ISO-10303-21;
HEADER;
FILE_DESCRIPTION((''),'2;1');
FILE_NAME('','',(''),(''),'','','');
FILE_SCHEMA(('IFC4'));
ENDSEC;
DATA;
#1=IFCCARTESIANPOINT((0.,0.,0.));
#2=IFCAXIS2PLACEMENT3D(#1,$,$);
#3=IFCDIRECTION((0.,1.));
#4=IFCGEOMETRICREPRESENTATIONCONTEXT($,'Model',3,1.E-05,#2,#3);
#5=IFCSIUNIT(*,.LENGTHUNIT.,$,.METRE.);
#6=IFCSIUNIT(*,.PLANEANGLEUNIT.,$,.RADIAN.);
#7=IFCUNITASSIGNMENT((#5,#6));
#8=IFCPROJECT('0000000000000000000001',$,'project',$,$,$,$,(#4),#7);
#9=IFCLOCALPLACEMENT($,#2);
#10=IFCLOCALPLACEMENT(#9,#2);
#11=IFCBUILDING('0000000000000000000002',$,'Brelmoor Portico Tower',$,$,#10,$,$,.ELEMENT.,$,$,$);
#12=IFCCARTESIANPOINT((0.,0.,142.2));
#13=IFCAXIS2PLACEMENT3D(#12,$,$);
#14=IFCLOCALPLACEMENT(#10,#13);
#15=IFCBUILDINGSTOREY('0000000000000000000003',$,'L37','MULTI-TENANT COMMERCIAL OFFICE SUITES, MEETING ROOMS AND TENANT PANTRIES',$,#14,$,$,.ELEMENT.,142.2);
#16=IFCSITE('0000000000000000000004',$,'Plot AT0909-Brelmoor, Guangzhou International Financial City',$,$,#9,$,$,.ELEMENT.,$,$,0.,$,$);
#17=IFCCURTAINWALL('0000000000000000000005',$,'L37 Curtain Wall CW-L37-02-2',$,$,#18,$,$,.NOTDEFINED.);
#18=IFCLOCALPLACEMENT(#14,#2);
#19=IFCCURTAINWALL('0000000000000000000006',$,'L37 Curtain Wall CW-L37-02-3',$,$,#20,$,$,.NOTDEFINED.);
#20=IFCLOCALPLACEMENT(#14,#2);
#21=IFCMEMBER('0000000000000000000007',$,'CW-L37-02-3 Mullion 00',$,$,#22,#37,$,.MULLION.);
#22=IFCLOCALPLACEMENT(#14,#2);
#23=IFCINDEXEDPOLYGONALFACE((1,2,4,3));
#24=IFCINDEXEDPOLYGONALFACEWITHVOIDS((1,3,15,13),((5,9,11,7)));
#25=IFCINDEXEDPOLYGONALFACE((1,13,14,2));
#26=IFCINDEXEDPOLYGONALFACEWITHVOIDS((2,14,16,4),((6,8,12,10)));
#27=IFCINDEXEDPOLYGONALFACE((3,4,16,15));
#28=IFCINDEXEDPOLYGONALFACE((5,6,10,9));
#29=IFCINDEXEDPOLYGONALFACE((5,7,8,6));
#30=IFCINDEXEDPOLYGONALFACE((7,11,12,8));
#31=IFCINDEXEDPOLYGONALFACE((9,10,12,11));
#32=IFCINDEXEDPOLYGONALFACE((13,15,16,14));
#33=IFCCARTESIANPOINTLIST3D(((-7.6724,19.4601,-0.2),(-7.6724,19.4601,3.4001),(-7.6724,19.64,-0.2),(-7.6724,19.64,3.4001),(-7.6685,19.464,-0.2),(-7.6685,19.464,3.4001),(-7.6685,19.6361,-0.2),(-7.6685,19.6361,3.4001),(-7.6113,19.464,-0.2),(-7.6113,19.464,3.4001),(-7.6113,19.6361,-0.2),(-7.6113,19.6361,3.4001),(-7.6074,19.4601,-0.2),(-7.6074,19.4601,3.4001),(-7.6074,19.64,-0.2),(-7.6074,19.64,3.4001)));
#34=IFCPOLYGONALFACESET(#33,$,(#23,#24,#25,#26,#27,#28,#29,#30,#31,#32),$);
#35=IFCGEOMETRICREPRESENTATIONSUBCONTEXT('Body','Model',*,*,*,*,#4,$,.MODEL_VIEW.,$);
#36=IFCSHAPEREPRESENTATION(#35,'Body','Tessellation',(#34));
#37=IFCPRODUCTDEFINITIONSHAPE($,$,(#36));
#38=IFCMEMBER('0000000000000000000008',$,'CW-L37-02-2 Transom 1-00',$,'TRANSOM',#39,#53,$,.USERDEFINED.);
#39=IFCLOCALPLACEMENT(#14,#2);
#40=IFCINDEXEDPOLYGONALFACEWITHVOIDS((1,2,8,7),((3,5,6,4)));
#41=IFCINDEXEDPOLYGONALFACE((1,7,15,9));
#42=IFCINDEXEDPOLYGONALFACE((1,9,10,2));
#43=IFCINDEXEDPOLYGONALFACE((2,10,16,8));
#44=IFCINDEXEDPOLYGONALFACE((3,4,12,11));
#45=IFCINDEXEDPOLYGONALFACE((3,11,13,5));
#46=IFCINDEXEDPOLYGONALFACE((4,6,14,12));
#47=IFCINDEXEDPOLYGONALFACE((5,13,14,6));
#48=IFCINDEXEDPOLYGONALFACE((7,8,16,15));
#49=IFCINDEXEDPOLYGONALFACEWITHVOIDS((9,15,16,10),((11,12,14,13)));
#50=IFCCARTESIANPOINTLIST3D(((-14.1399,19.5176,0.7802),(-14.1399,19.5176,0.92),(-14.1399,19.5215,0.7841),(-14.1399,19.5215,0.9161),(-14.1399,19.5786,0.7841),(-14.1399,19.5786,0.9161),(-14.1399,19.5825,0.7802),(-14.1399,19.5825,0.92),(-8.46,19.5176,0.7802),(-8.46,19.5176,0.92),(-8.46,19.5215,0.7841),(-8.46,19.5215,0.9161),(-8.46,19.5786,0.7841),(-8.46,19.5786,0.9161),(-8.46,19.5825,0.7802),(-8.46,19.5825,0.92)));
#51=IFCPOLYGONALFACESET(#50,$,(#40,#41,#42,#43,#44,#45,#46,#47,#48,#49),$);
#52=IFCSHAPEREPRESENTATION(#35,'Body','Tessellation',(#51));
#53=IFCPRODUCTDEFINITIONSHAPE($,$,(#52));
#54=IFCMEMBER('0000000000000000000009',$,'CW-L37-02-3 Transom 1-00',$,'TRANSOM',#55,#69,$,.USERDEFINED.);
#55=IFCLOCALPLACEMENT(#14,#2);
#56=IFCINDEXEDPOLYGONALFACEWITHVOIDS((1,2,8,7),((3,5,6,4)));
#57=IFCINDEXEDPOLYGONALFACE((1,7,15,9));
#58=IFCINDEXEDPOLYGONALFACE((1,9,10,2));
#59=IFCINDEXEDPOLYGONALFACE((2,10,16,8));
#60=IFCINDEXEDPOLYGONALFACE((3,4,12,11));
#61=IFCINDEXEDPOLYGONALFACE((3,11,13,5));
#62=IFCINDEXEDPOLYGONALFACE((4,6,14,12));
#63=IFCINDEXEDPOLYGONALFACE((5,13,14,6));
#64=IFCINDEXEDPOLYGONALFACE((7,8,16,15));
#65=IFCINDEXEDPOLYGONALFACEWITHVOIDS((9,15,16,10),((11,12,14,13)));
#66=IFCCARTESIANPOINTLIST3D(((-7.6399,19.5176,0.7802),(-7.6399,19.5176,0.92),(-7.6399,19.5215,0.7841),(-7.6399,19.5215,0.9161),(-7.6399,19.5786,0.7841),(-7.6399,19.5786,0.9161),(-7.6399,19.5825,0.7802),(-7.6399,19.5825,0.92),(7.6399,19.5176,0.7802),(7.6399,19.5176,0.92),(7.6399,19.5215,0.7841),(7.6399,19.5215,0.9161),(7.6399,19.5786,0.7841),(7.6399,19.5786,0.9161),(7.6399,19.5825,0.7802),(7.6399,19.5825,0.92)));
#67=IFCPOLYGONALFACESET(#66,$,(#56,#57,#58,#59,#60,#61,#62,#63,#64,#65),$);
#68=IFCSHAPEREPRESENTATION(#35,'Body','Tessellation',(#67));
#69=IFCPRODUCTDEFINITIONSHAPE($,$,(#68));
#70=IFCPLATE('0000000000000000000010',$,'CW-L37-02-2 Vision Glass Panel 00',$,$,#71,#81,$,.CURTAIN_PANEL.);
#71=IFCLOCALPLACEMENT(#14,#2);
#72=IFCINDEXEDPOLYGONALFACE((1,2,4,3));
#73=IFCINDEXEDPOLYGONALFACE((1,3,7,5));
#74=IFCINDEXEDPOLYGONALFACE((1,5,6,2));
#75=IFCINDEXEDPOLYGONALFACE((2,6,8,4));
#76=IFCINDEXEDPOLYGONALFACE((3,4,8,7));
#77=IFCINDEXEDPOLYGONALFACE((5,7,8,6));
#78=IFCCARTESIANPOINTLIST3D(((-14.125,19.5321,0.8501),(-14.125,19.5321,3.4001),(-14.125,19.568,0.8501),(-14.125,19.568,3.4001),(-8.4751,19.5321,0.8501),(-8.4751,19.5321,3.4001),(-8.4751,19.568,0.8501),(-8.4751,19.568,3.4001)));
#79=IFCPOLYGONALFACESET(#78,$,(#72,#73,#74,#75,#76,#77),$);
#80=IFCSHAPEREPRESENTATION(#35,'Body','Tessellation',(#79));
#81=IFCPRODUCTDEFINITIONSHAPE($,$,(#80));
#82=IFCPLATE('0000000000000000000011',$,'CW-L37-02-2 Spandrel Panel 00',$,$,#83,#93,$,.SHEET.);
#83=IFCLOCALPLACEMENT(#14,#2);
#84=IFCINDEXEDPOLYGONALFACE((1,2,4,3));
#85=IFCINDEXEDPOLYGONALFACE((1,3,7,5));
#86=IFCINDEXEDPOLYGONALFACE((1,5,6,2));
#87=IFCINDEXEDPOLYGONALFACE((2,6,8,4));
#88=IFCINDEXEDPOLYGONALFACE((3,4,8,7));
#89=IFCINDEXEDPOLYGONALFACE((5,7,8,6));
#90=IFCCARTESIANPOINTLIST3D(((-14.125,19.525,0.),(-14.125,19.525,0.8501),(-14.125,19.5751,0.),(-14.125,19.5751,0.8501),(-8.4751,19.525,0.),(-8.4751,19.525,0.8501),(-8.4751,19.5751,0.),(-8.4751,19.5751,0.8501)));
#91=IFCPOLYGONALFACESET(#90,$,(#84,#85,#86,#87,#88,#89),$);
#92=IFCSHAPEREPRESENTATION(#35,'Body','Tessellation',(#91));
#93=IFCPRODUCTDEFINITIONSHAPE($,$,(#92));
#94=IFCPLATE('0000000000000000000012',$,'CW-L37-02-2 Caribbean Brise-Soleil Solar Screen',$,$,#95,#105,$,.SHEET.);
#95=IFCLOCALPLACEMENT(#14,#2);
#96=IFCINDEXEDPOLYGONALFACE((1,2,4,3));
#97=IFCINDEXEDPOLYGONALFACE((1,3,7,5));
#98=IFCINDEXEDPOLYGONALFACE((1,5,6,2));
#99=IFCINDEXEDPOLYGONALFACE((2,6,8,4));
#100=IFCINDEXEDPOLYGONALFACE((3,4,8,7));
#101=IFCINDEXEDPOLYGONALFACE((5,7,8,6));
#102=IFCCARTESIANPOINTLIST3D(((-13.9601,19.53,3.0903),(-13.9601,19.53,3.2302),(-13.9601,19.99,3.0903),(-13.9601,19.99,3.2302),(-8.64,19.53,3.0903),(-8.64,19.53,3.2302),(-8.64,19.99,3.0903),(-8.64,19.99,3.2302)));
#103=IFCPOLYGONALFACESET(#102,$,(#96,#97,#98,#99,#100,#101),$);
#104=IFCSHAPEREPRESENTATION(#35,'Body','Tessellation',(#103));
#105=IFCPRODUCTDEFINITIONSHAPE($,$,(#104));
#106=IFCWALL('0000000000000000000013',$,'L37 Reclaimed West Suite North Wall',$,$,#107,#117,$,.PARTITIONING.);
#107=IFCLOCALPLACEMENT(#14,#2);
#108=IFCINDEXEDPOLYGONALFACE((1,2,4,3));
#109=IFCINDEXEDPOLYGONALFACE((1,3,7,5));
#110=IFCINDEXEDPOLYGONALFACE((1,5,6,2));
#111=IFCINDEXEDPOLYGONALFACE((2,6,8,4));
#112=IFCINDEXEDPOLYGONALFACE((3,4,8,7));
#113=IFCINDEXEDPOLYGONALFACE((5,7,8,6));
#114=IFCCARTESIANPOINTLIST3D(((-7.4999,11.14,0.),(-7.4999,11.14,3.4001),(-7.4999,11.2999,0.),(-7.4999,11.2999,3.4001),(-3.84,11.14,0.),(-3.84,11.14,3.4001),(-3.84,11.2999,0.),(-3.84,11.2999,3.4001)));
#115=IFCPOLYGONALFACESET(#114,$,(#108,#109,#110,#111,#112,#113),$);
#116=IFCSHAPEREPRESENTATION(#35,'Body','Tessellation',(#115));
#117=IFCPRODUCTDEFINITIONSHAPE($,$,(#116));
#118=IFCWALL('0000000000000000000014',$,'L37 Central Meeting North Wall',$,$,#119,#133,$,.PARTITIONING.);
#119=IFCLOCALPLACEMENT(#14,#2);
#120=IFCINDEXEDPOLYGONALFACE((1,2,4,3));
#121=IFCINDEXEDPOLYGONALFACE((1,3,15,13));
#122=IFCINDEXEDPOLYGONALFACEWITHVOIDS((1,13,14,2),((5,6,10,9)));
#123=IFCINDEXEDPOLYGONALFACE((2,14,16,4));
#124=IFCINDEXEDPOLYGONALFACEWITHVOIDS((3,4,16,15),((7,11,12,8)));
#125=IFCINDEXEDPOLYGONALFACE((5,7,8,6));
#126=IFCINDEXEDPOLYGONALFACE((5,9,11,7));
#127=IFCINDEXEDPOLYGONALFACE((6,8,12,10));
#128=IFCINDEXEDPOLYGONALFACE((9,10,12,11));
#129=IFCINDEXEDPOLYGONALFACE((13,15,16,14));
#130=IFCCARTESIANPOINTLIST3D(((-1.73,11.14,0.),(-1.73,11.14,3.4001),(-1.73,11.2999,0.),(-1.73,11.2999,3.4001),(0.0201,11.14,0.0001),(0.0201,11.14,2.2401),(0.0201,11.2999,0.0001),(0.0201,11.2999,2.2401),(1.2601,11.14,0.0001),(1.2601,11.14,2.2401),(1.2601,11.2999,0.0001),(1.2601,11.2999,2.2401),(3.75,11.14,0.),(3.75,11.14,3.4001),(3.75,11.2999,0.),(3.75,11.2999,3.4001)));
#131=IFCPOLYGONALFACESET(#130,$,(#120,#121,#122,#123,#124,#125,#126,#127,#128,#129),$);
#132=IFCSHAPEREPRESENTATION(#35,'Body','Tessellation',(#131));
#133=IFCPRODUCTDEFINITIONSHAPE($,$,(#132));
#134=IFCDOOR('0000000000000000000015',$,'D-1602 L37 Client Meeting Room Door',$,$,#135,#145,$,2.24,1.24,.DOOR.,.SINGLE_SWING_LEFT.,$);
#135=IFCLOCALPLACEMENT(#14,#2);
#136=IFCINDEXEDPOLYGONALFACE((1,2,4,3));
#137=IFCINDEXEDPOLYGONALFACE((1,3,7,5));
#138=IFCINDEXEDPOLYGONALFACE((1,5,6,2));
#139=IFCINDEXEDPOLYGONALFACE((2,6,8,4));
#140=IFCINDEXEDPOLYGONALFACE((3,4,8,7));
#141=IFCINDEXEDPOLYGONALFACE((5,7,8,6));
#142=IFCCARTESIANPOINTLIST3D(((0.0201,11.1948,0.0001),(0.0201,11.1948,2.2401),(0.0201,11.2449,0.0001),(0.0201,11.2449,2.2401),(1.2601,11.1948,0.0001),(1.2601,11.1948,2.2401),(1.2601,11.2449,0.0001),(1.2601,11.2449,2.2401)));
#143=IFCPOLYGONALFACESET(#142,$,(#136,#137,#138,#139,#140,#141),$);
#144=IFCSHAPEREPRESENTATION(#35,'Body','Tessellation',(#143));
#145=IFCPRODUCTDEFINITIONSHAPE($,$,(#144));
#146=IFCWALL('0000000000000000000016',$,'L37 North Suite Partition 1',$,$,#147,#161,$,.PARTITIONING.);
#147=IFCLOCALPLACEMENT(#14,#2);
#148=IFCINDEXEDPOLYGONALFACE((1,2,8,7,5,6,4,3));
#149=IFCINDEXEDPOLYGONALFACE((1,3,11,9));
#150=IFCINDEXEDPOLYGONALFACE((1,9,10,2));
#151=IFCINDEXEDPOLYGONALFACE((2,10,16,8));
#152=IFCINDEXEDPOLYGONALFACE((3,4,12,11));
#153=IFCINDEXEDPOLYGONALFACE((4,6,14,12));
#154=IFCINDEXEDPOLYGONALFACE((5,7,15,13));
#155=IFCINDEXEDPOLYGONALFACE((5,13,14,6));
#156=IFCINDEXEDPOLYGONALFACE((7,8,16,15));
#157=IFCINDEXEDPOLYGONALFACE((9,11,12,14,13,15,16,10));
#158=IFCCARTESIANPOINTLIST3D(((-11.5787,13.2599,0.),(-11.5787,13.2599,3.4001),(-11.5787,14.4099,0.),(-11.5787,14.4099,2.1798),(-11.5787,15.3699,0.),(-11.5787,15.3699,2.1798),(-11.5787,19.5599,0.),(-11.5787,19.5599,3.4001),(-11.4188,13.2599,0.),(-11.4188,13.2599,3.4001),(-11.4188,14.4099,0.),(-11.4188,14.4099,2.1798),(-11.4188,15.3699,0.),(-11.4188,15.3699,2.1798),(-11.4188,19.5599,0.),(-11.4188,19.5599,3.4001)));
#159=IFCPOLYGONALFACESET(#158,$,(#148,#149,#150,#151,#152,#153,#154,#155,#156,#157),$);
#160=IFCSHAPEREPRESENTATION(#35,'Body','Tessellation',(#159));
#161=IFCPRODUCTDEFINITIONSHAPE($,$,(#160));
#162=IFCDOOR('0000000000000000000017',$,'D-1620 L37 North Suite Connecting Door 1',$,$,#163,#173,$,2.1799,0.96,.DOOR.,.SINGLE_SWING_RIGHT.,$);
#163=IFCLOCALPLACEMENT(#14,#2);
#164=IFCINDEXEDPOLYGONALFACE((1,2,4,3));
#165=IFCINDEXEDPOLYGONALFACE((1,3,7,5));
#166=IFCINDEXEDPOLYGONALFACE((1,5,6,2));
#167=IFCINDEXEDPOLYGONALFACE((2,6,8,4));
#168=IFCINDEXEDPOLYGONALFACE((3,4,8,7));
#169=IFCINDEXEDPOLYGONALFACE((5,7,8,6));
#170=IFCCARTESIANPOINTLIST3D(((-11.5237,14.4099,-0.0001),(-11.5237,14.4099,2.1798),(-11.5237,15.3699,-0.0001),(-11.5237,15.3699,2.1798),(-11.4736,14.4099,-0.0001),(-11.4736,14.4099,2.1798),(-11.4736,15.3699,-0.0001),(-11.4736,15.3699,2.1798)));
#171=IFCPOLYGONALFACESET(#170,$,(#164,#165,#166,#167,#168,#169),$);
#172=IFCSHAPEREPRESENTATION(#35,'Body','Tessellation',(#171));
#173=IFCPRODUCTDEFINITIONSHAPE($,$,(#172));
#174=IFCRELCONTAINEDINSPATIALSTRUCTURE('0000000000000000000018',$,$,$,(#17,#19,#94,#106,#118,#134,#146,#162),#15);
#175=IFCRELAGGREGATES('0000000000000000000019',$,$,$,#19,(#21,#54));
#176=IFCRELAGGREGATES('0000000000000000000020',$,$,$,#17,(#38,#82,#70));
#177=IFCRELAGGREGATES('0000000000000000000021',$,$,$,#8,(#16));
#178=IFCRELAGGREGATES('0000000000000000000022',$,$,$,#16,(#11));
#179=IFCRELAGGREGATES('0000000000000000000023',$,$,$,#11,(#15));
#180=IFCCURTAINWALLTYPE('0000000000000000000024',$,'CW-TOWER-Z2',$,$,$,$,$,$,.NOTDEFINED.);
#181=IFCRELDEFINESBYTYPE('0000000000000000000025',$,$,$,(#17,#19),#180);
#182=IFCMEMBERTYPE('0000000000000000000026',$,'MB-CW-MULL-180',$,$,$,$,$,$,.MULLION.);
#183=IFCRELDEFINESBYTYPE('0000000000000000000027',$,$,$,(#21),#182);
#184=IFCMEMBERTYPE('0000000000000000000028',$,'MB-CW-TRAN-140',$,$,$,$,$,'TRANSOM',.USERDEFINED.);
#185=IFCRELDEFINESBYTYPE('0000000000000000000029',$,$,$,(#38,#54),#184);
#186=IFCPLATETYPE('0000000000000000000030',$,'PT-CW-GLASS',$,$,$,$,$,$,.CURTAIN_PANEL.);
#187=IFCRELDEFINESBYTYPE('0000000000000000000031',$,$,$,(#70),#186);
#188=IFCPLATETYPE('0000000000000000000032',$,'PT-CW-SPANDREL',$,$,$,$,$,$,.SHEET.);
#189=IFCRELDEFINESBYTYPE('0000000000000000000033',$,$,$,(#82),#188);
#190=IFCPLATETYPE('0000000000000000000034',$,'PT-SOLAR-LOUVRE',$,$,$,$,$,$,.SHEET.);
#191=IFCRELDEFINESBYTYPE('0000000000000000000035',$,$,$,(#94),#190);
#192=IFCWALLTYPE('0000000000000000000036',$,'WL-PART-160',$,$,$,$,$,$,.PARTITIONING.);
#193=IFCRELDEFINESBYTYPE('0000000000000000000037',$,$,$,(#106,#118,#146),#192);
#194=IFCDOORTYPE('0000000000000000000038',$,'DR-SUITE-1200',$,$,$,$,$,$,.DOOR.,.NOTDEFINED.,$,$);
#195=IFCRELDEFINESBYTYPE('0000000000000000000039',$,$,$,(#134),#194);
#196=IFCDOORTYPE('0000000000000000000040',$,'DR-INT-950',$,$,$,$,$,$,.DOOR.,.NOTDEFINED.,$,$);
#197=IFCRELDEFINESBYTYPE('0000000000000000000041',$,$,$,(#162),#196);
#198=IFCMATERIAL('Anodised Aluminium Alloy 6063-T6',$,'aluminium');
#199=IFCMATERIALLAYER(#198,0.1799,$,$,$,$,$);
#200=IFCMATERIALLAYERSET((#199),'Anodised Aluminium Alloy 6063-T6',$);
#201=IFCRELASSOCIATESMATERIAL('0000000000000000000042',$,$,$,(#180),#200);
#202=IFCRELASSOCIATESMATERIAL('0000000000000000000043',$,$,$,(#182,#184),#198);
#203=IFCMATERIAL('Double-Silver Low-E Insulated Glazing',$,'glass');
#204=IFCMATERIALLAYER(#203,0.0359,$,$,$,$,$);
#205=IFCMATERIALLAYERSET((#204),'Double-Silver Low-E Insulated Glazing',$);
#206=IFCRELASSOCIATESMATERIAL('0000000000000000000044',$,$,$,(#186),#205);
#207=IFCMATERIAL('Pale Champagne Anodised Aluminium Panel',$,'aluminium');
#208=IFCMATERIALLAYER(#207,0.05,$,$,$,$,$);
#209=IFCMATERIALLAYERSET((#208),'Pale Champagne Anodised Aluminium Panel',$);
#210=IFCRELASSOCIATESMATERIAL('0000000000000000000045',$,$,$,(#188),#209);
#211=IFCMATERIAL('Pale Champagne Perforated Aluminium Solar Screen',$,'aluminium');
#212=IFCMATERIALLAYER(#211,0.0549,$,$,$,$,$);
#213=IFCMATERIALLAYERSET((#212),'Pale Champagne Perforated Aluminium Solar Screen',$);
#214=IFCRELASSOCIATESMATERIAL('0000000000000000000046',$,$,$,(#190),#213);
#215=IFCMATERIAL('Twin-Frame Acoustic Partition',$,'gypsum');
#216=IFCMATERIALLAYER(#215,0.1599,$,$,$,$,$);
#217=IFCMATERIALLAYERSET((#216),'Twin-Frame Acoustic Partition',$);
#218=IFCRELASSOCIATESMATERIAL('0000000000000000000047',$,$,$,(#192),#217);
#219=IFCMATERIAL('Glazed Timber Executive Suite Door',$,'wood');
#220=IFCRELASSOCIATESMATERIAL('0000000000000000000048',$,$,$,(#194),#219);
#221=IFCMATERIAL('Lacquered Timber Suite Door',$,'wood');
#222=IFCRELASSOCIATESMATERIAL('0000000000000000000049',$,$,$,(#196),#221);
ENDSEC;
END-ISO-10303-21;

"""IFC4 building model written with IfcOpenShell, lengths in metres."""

from ifc_helpers import new_model, si_unit, direction, frame, frame_2d, origin, origin_2d, place, context, subcontext, project, spatial, rectangle, hollow_rectangle, extrude, material, layer, layer_set, material_profile, profile_set, type_object, element, fill, aggregate, save


model = new_model("IFC4")

# Units and contexts
model_context = context("Model", 3, precision=1e-05, world=origin(), true_north=direction((0.0, 1.0)))
body_context = subcontext(model_context, "Body", "Model", "MODEL_VIEW")
ifc_project = project(units=[si_unit("LENGTHUNIT", "METRE"), si_unit("PLANEANGLEUNIT", "RADIAN")], contexts=[model_context])

# Site, building, storey
site_placement = place(None, origin())
site = spatial("IfcSite", under=ifc_project, at=site_placement, Name="Plot AT0909-Brelmoor, Guangzhou International Financial City", CompositionType="ELEMENT", RefElevation=0.0)
building_placement = place(site_placement, origin())
building = spatial("IfcBuilding", under=site, at=building_placement, Name="Brelmoor Portico Tower", CompositionType="ELEMENT")
storey_placement = place(building_placement, frame((0.0, 0.0, 142.2)))
storey = spatial("IfcBuildingStorey", under=building, at=storey_placement, Name="L37", Description="MULTI-TENANT COMMERCIAL OFFICE SUITES, MEETING ROOMS AND TENANT PANTRIES", CompositionType="ELEMENT", Elevation=142.2)

# Curtain wall
ifc_material_1 = material(Name="Anodised Aluminium Alloy 6063-T6", Category="aluminium")
ifc_layer_1 = layer(ifc_material_1, 0.1799)
ifc_layer_set_1 = layer_set([ifc_layer_1], Name="Anodised Aluminium Alloy 6063-T6")
curtain_wall_type = type_object("IfcCurtainWallType", Name="CW-TOWER-Z2", PredefinedType="NOTDEFINED", material=ifc_layer_set_1)
curtain_wall_1_placement = place(storey_placement, origin())
curtain_wall_1 = element("IfcCurtainWall", 1, at=curtain_wall_1_placement, inside=storey, type_object=curtain_wall_type, Name="L37 Curtain Wall CW-L37-02-2", PredefinedType="NOTDEFINED")
ifc_material_profile_1 = material_profile(ifc_material_1, hollow_rectangle(XDim=0.0649, YDim=0.1799, WallThickness=0.0039, at=origin_2d()), Name="ALU MULLION 65x180")
ifc_profile_set_1 = profile_set([ifc_material_profile_1], Name="Anodised Aluminium Alloy 6063-T6")
member_type_1 = type_object("IfcMemberType", Name="MB-CW-MULL-180", PredefinedType="MULLION", material=ifc_profile_set_1)

# Curtain wall, member
curtain_wall_2_placement = place(storey_placement, origin())
curtain_wall_2 = element("IfcCurtainWall", 2, at=curtain_wall_2_placement, inside=storey, type_object=curtain_wall_type, Name="L37 Curtain Wall CW-L37-02-3", PredefinedType="NOTDEFINED")
member_1_placement = place(storey_placement, frame((-7.6399, 19.55, -0.2), z_axis=(0.0, 0.0, 1.0), x_axis=(1.0, 0.0, 0.0)))
member_1 = element("IfcMember", 3, at=member_1_placement, type_object=member_type_1, Name="CW-L37-02-3 Mullion 00", PredefinedType="MULLION", context=body_context, shape_type="SweptSolid", body=[
    extrude(hollow_rectangle(XDim=0.0649, YDim=0.1799, WallThickness=0.0039, at=origin_2d()), origin(), (0.0, 0.0, 1.0), 3.6001),
])

# Members
ifc_material_profile_2 = material_profile(ifc_material_1, hollow_rectangle(XDim=0.0649, YDim=0.1399, WallThickness=0.0039, at=origin_2d()), Name="ALU TRANSOM 65x140")
ifc_profile_set_2 = profile_set([ifc_material_profile_2], Name="Anodised Aluminium Alloy 6063-T6")
member_type_2 = type_object("IfcMemberType", Name="MB-CW-TRAN-140", ElementType="TRANSOM", PredefinedType="USERDEFINED", material=ifc_profile_set_2)
member_2_placement = place(storey_placement, frame((-14.1399, 19.55, 0.8501), z_axis=(1.0, 0.0, 0.0), x_axis=(0.0, 1.0, 0.0)))
member_2 = element("IfcMember", 4, at=member_2_placement, type_object=member_type_2, Name="CW-L37-02-2 Transom 1-00", ObjectType="TRANSOM", PredefinedType="USERDEFINED", context=body_context, shape_type="SweptSolid", body=[
    extrude(hollow_rectangle(XDim=0.0649, YDim=0.1399, WallThickness=0.0039, at=origin_2d()), origin(), (0.0, 0.0, 1.0), 5.6799),
])
member_3_placement = place(storey_placement, frame((-7.6399, 19.55, 0.8501), z_axis=(1.0, 0.0, 0.0), x_axis=(0.0, 1.0, 0.0)))
member_3 = element("IfcMember", 5, at=member_3_placement, type_object=member_type_2, Name="CW-L37-02-3 Transom 1-00", ObjectType="TRANSOM", PredefinedType="USERDEFINED", context=body_context, shape_type="SweptSolid", body=[
    extrude(hollow_rectangle(XDim=0.0649, YDim=0.1399, WallThickness=0.0039, at=origin_2d()), origin(), (0.0, 0.0, 1.0), 15.2798),
])
aggregate(curtain_wall_2, [member_1, member_3])

# Plates
ifc_material_2 = material(Name="Double-Silver Low-E Insulated Glazing", Category="glass")
ifc_layer_2 = layer(ifc_material_2, 0.0359)
ifc_layer_set_2 = layer_set([ifc_layer_2], Name="Double-Silver Low-E Insulated Glazing")
plate_type_1 = type_object("IfcPlateType", Name="PT-CW-GLASS", PredefinedType="CURTAIN_PANEL", material=ifc_layer_set_2)
plate_1_placement = place(storey_placement, frame((-11.3, 19.55, 0.8501), z_axis=(0.0, 0.0, 1.0), x_axis=(1.0, 0.0, 0.0)))
plate_1 = element("IfcPlate", 6, at=plate_1_placement, type_object=plate_type_1, Name="CW-L37-02-2 Vision Glass Panel 00", PredefinedType="CURTAIN_PANEL", context=body_context, shape_type="SweptSolid", body=[
    extrude(rectangle(XDim=5.6499, YDim=0.0359, at=origin_2d()), origin(), (0.0, 0.0, 1.0), 2.55),
])
ifc_material_3 = material(Name="Pale Champagne Anodised Aluminium Panel", Category="aluminium")
ifc_layer_3 = layer(ifc_material_3, 0.05)
ifc_layer_set_3 = layer_set([ifc_layer_3], Name="Pale Champagne Anodised Aluminium Panel")
plate_type_2 = type_object("IfcPlateType", Name="PT-CW-SPANDREL", PredefinedType="SHEET", material=ifc_layer_set_3)
plate_2_placement = place(storey_placement, frame((-11.3, 19.55, 0.0), z_axis=(0.0, 0.0, 1.0), x_axis=(1.0, 0.0, 0.0)))
plate_2 = element("IfcPlate", 7, at=plate_2_placement, type_object=plate_type_2, Name="CW-L37-02-2 Spandrel Panel 00", PredefinedType="SHEET", context=body_context, shape_type="SweptSolid", body=[
    extrude(rectangle(XDim=5.6499, YDim=0.05, at=origin_2d()), origin(), (0.0, 0.0, 1.0), 0.8501),
])
aggregate(curtain_wall_1, [member_2, plate_2, plate_1])
ifc_material_4 = material(Name="Pale Champagne Perforated Aluminium Solar Screen", Category="aluminium")
ifc_layer_4 = layer(ifc_material_4, 0.0549)
ifc_layer_set_4 = layer_set([ifc_layer_4], Name="Pale Champagne Perforated Aluminium Solar Screen")
plate_type_3 = type_object("IfcPlateType", Name="PT-SOLAR-LOUVRE", PredefinedType="SHEET", material=ifc_layer_set_4)
plate_3_placement = place(storey_placement, frame((-11.3, 19.76, 3.0903), z_axis=(0.0, 0.0, 1.0), x_axis=(1.0, 0.0, 0.0)))
element("IfcPlate", 8, at=plate_3_placement, inside=storey, type_object=plate_type_3, Name="CW-L37-02-2 Caribbean Brise-Soleil Solar Screen", PredefinedType="SHEET", context=body_context, shape_type="SweptSolid", body=[
    extrude(rectangle(XDim=5.3201, YDim=0.46, at=origin_2d()), origin(), (0.0, 0.0, 1.0), 0.1399),
])

# Wall
ifc_material_5 = material(Name="Twin-Frame Acoustic Partition", Category="gypsum")
ifc_layer_5 = layer(ifc_material_5, 0.1599)
ifc_layer_set_5 = layer_set([ifc_layer_5], Name="Twin-Frame Acoustic Partition")
wall_type_1 = type_object("IfcWallType", Name="WL-PART-160", PredefinedType="PARTITIONING", material=ifc_layer_set_5)
wall_1_placement = place(storey_placement, frame((-7.5, 11.22, 0.0), z_axis=(0.0, 0.0, 1.0), x_axis=(1.0, 0.0, 0.0)))
element("IfcWall", 9, at=wall_1_placement, inside=storey, type_object=wall_type_1, Name="L37 Reclaimed West Suite North Wall", PredefinedType="PARTITIONING", context=body_context, shape_type="SweptSolid", body=[
    extrude(rectangle(XDim=3.6599, YDim=0.1599, at=frame_2d((1.8301, 0.0))), origin(), (0.0, 0.0, 1.0), 3.4001),
])

# Walls, openings, doors
wall_2_placement = place(storey_placement, frame((-1.73, 11.22, 0.0), z_axis=(0.0, 0.0, 1.0), x_axis=(1.0, 0.0, 0.0)))
wall_2 = element("IfcWall", 10, at=wall_2_placement, inside=storey, type_object=wall_type_1, Name="L37 Central Meeting North Wall", PredefinedType="PARTITIONING", context=body_context, shape_type="SweptSolid", body=[
    extrude(rectangle(XDim=5.48, YDim=0.1599, at=frame_2d((2.74, 0.0))), origin(), (0.0, 0.0, 1.0), 3.4001),
])
opening_1_placement = place(wall_2_placement, frame((1.75, 0.0, 0.0)))
opening_1 = element("IfcOpeningElement", 11, at=opening_1_placement, cuts=wall_2, PredefinedType="OPENING", context=body_context, shape_type="SweptSolid", body=[
    extrude(rectangle(XDim=1.24, YDim=2.24, at=frame_2d((0.6201, 1.1201))), frame((0.0, 0.0898, 0.0), z_axis=(0.0, -1.0, 0.0), x_axis=(1.0, 0.0, 0.0)), (0.0, 0.0, 1.0), 0.1799),
])
ifc_material_6 = material(Name="Glazed Timber Executive Suite Door", Category="wood")
door_type_1 = type_object("IfcDoorType", Name="DR-SUITE-1200", OperationType="NOTDEFINED", PredefinedType="DOOR", material=ifc_material_6)
door_1_placement = place(opening_1_placement, origin())
door_1 = element("IfcDoor", 12, at=door_1_placement, inside=storey, type_object=door_type_1, Name="D-1602 L37 Client Meeting Room Door", OperationType="SINGLE_SWING_LEFT", OverallHeight=2.24, OverallWidth=1.24, PredefinedType="DOOR", context=body_context, shape_type="SweptSolid", body=[
    extrude(rectangle(XDim=1.24, YDim=2.24, at=frame_2d((0.6201, 1.1201))), frame((0.0, 0.0249, 0.0), z_axis=(0.0, -1.0, 0.0), x_axis=(1.0, 0.0, 0.0)), (0.0, 0.0, 1.0), 0.05),
])
fill(opening_1, door_1)
wall_3_placement = place(storey_placement, frame((-11.4988, 13.26, 0.0), z_axis=(0.0, 0.0, 1.0), x_axis=(0.0, 1.0, 0.0)))
wall_3 = element("IfcWall", 13, at=wall_3_placement, inside=storey, type_object=wall_type_1, Name="L37 North Suite Partition 1", PredefinedType="PARTITIONING", context=body_context, shape_type="SweptSolid", body=[
    extrude(rectangle(XDim=6.3, YDim=0.1599, at=frame_2d((3.1499, 0.0))), origin(), (0.0, 0.0, 1.0), 3.4001),
])
opening_2_placement = place(wall_3_placement, frame((1.1499, 0.0, 0.0)))
opening_2 = element("IfcOpeningElement", 14, at=opening_2_placement, cuts=wall_3, PredefinedType="OPENING", context=body_context, shape_type="SweptSolid", body=[
    extrude(rectangle(XDim=0.96, YDim=2.1799, at=frame_2d((0.48, 1.0898))), frame((0.0, 0.0898, 0.0), z_axis=(0.0, -1.0, 0.0), x_axis=(1.0, 0.0, 0.0)), (0.0, 0.0, 1.0), 0.1799),
])
ifc_material_7 = material(Name="Lacquered Timber Suite Door", Category="wood")
door_type_2 = type_object("IfcDoorType", Name="DR-INT-950", OperationType="NOTDEFINED", PredefinedType="DOOR", material=ifc_material_7)
door_2_placement = place(opening_2_placement, origin())
door_2 = element("IfcDoor", 15, at=door_2_placement, inside=storey, type_object=door_type_2, Name="D-1620 L37 North Suite Connecting Door 1", OperationType="SINGLE_SWING_RIGHT", OverallHeight=2.1799, OverallWidth=0.96, PredefinedType="DOOR", context=body_context, shape_type="SweptSolid", body=[
    extrude(rectangle(XDim=0.96, YDim=2.1799, at=frame_2d((0.48, 1.0898))), frame((0.0, 0.0249, 0.0), z_axis=(0.0, -1.0, 0.0), x_axis=(1.0, 0.0, 0.0)), (0.0, 0.0, 1.0), 0.05),
])
fill(opening_2, door_2)

save(model, "model.ifc")
